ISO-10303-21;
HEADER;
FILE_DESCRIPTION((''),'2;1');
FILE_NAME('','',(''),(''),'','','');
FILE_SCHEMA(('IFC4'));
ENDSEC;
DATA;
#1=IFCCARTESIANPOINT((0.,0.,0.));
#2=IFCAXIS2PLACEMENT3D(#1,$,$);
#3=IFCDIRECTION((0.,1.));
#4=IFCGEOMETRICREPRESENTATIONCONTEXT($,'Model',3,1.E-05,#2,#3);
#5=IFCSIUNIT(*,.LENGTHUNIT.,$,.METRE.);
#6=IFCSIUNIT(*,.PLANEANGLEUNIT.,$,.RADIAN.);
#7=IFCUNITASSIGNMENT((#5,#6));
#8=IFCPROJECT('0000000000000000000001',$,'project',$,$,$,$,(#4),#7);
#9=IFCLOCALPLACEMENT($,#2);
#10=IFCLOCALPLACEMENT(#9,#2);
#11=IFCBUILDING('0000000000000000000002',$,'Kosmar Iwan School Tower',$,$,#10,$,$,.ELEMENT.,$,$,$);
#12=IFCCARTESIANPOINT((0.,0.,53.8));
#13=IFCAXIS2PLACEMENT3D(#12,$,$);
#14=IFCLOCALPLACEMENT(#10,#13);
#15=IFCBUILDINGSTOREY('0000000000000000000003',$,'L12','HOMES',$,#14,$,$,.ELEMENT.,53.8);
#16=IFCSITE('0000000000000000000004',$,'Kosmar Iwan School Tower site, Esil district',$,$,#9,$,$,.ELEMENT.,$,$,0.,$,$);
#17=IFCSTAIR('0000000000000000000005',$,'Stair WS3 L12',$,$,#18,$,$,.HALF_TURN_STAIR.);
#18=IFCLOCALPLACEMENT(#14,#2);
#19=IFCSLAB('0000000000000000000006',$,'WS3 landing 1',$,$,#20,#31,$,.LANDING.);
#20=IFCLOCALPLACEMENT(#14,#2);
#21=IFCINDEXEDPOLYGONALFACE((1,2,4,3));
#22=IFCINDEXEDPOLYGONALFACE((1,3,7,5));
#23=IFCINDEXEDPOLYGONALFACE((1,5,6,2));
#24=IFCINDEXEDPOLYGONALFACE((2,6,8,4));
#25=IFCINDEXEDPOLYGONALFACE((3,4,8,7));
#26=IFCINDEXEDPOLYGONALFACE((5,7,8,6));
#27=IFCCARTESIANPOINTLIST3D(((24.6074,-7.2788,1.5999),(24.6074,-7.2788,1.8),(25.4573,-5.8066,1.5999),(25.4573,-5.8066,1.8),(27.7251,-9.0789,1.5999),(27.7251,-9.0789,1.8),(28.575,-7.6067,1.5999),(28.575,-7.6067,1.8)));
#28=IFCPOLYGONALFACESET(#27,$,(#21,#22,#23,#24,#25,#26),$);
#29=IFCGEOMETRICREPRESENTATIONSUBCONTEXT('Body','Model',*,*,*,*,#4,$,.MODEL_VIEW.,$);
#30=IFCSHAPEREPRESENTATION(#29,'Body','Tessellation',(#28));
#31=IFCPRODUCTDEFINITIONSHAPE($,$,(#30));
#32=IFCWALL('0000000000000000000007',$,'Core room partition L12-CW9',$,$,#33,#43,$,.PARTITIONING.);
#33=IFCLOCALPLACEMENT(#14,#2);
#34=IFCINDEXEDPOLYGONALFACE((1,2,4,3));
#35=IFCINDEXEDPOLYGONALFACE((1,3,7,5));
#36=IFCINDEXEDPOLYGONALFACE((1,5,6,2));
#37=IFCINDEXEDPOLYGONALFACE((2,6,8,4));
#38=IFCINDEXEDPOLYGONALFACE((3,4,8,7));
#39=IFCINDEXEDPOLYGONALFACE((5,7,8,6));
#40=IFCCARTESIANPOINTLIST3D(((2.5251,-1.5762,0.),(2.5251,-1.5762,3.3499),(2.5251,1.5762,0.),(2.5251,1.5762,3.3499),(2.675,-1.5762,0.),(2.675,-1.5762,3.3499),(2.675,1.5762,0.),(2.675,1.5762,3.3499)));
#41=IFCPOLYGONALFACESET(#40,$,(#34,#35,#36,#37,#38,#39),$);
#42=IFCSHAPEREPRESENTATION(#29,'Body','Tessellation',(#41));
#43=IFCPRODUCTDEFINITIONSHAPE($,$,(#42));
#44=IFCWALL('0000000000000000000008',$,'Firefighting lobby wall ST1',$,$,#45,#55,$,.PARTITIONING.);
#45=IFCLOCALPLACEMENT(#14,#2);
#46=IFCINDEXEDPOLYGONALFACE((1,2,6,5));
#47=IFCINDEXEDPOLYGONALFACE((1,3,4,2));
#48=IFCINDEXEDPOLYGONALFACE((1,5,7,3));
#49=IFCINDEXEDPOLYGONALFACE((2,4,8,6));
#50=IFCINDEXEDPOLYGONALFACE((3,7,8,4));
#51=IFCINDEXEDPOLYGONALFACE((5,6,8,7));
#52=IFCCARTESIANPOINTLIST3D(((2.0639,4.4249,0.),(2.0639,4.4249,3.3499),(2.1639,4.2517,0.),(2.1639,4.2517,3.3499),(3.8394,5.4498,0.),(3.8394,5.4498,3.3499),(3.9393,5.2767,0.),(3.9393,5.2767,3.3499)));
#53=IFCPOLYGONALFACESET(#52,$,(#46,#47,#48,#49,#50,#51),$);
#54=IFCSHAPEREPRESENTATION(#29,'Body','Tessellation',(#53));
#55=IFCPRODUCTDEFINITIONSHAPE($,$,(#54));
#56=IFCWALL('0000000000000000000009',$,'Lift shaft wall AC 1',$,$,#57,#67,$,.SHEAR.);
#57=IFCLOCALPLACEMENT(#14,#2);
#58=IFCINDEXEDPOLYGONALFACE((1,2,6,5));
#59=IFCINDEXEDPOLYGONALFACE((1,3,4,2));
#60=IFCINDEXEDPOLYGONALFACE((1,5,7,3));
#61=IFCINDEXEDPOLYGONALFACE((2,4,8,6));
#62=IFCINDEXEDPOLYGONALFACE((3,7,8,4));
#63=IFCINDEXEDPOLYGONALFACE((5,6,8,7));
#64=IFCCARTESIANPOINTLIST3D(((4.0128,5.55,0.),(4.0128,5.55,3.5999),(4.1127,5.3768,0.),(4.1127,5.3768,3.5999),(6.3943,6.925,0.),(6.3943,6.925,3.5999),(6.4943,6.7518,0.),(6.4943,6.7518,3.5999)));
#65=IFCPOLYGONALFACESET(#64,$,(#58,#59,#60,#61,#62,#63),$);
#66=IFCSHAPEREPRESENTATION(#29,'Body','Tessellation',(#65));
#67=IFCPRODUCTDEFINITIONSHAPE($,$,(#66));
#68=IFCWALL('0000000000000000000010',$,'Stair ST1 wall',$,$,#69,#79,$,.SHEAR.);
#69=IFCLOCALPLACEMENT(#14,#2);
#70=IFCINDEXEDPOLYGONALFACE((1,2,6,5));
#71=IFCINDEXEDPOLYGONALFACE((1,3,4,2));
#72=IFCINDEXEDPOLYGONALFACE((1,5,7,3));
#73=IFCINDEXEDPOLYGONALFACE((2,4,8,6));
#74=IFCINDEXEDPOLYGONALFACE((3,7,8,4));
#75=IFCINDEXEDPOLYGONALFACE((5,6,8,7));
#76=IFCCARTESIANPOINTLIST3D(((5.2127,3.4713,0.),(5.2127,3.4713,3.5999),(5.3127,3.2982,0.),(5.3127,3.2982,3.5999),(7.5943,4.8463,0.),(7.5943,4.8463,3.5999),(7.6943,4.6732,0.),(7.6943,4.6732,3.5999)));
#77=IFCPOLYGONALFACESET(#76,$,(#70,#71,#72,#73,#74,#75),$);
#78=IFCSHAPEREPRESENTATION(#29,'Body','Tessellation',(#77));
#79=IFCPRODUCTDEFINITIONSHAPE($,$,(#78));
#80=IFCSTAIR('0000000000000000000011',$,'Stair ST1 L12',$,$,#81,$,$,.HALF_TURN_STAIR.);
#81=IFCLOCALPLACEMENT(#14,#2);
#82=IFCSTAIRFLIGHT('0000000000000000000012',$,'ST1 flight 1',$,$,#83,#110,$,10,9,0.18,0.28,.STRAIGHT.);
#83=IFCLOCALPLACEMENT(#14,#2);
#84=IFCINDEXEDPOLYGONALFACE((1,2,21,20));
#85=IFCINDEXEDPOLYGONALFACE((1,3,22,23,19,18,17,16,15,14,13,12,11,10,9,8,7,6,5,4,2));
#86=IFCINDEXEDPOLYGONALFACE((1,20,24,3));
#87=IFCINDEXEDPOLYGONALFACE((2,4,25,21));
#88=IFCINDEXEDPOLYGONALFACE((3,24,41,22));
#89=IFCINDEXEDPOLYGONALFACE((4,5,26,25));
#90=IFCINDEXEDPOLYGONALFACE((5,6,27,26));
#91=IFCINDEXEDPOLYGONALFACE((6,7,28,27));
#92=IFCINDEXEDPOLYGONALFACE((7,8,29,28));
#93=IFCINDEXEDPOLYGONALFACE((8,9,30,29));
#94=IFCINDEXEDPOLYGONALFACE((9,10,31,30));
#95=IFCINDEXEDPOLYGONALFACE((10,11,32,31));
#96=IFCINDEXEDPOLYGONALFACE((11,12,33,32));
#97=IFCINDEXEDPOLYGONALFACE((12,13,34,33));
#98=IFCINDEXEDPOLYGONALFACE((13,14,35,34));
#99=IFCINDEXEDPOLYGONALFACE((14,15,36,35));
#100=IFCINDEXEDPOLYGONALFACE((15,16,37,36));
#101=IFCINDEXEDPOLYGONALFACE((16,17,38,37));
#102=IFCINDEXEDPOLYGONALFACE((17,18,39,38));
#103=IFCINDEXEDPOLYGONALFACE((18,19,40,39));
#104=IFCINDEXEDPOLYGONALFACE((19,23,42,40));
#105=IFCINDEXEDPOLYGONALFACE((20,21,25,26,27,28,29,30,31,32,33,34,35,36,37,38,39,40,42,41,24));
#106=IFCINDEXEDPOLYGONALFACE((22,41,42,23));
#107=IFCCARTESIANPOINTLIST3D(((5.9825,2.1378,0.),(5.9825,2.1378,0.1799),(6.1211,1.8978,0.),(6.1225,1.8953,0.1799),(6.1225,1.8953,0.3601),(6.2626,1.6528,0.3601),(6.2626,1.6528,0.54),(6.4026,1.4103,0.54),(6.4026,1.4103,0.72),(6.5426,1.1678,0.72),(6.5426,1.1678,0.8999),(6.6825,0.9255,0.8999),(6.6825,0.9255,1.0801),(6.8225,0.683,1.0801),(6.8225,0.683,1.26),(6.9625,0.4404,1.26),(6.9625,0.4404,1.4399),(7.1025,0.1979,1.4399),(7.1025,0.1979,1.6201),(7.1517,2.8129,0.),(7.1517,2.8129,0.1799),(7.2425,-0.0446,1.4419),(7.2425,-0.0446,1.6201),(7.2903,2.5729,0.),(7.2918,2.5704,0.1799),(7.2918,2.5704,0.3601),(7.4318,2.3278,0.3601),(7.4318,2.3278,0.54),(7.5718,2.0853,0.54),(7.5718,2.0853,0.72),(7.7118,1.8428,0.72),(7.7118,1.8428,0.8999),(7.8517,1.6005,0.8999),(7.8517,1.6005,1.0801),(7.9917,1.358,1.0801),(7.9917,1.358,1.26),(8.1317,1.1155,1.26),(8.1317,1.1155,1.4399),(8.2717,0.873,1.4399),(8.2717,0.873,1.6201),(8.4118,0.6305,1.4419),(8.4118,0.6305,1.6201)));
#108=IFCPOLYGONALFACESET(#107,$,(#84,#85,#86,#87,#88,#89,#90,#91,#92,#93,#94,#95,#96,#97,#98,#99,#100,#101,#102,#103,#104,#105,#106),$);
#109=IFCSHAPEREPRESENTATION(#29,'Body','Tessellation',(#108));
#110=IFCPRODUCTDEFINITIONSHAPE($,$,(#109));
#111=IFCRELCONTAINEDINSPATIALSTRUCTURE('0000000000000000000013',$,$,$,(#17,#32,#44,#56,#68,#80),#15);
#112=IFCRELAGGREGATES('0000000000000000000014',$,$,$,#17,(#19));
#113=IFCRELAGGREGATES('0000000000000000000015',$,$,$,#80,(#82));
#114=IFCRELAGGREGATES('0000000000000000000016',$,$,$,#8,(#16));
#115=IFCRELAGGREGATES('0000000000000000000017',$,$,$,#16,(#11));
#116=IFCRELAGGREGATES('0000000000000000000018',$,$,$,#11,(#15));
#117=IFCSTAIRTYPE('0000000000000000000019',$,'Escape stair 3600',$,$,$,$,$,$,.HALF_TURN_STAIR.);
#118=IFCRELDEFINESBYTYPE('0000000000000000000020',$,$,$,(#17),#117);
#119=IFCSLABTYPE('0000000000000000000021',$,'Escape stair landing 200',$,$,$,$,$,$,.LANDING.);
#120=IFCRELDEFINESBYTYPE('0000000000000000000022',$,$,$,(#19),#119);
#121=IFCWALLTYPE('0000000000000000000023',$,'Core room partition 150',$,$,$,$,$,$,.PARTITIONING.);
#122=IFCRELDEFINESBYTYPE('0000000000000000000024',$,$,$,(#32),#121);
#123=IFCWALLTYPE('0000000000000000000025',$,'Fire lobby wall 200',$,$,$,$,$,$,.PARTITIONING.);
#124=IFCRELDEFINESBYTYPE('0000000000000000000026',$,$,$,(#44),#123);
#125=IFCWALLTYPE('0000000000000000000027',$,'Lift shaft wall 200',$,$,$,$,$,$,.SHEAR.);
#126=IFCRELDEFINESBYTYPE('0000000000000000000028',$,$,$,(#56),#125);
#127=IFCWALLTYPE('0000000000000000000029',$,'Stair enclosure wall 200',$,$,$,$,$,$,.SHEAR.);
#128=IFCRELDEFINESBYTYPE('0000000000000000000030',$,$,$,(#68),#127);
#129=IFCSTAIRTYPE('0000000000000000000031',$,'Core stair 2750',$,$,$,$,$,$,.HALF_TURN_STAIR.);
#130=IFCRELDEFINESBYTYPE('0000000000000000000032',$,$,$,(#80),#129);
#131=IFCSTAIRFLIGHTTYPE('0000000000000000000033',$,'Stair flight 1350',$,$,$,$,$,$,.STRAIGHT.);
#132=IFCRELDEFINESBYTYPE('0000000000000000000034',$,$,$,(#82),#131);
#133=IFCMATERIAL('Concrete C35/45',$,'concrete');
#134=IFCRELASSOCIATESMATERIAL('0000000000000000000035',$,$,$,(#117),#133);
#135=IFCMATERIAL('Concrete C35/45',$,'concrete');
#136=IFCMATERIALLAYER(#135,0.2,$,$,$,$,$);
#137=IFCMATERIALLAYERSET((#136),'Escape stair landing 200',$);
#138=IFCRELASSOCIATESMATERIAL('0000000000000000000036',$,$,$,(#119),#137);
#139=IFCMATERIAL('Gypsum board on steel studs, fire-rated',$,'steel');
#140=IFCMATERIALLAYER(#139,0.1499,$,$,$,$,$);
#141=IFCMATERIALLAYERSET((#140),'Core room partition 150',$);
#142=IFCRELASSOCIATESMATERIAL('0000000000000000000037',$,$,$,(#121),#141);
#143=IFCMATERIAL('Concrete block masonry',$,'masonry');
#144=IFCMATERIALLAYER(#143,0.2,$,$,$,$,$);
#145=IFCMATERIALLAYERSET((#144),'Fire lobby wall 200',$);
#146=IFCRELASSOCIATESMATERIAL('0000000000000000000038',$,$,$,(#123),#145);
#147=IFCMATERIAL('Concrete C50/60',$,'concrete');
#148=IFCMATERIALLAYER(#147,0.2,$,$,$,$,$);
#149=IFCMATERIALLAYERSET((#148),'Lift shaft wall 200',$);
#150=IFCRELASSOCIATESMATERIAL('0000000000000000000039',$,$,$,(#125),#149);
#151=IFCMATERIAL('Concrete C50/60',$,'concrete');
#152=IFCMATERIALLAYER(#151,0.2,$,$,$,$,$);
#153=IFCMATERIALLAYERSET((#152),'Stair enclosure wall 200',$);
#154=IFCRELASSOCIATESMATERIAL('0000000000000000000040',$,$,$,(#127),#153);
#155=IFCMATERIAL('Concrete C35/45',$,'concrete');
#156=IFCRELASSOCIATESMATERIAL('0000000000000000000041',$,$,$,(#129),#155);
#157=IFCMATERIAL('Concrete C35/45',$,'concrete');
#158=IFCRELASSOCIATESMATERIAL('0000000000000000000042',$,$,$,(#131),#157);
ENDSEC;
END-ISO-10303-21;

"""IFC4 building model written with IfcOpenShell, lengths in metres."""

from ifc_helpers import new_model, si_unit, direction, frame, frame_2d, origin, place, context, subcontext, project, spatial, polyline, rectangle, outline, extrude, material, layer, layer_set, type_object, element, aggregate, save


model = new_model("IFC4")

# Units and contexts
model_context = context("Model", 3, precision=1e-05, world=origin(), true_north=direction((0.0, 1.0)))
body_context = subcontext(model_context, "Body", "Model", "MODEL_VIEW")
ifc_project = project(units=[si_unit("LENGTHUNIT", "METRE"), si_unit("PLANEANGLEUNIT", "RADIAN")], contexts=[model_context])

# Site, building, storey
site_placement = place(None, origin())
site = spatial("IfcSite", under=ifc_project, at=site_placement, Name="Kosmar Iwan School Tower site, Esil district", CompositionType="ELEMENT", RefElevation=0.0)
building_placement = place(site_placement, origin())
building = spatial("IfcBuilding", under=site, at=building_placement, Name="Kosmar Iwan School Tower", CompositionType="ELEMENT")
storey_placement = place(building_placement, frame((0.0, 0.0, 53.8)))
storey = spatial("IfcBuildingStorey", under=building, at=storey_placement, Name="L12", Description="HOMES", CompositionType="ELEMENT", Elevation=53.8)

# Stair, slab
ifc_material_1 = material(Name="Concrete C35/45", Category="concrete")
stair_type_1 = type_object("IfcStairType", Name="Escape stair 3600", PredefinedType="HALF_TURN_STAIR", material=ifc_material_1)
stair_1_placement = place(storey_placement, origin())
stair_1 = element("IfcStair", 1, at=stair_1_placement, inside=storey, type_object=stair_type_1, Name="Stair WS3 L12", PredefinedType="HALF_TURN_STAIR")
ifc_material_2 = material(Name="Concrete C35/45", Category="concrete")
ifc_layer_1 = layer(ifc_material_2, 0.2)
ifc_layer_set_1 = layer_set([ifc_layer_1], Name="Escape stair landing 200")
slab_type = type_object("IfcSlabType", Name="Escape stair landing 200", PredefinedType="LANDING", material=ifc_layer_set_1)
slab_placement = place(storey_placement, frame((0.0, 0.0, 1.5999)))
slab = element("IfcSlab", 2, at=slab_placement, type_object=slab_type, Name="WS3 landing 1", PredefinedType="LANDING", context=body_context, shape_type="SweptSolid", body=[
    extrude(outline(polyline([(24.6074, -7.2788), (27.7251, -9.0789), (28.575, -7.6067), (25.4573, -5.8066), (24.6074, -7.2788)])), origin(), (0.0, 0.0, 1.0), 0.2002),
])
aggregate(stair_1, [slab])

# Walls
ifc_material_3 = material(Name="Gypsum board on steel studs, fire-rated", Category="steel")
ifc_layer_2 = layer(ifc_material_3, 0.1499)
ifc_layer_set_2 = layer_set([ifc_layer_2], Name="Core room partition 150")
wall_type_1 = type_object("IfcWallType", Name="Core room partition 150", PredefinedType="PARTITIONING", material=ifc_layer_set_2)
wall_1_placement = place(storey_placement, frame((2.6001, 1.5762, 0.0), z_axis=(0.0, 0.0, 1.0), x_axis=(0.0, -1.0, 0.0)))
element("IfcWall", 3, at=wall_1_placement, inside=storey, type_object=wall_type_1, Name="Core room partition L12-CW9", PredefinedType="PARTITIONING", context=body_context, shape_type="SweptSolid", body=[
    extrude(rectangle(XDim=3.1523, YDim=0.1499, at=frame_2d((1.5762, 0.0))), origin(), (0.0, 0.0, 1.0), 3.3499),
])
ifc_material_4 = material(Name="Concrete block masonry", Category="masonry")
ifc_layer_3 = layer(ifc_material_4, 0.2)
ifc_layer_set_3 = layer_set([ifc_layer_3], Name="Fire lobby wall 200")
wall_type_2 = type_object("IfcWallType", Name="Fire lobby wall 200", PredefinedType="PARTITIONING", material=ifc_layer_set_3)
wall_2_placement = place(storey_placement, frame((2.114, 4.3384, 0.0), z_axis=(0.0, 0.0, 1.0), x_axis=(0.866051, 0.499956, 0.0)))
element("IfcWall", 4, at=wall_2_placement, inside=storey, type_object=wall_type_2, Name="Firefighting lobby wall ST1", PredefinedType="PARTITIONING", context=body_context, shape_type="SweptSolid", body=[
    extrude(rectangle(XDim=2.05, YDim=0.2, at=frame_2d((1.0249, 0.0))), origin(), (0.0, 0.0, 1.0), 3.3499),
])
ifc_material_5 = material(Name="Concrete C50/60", Category="concrete")
ifc_layer_4 = layer(ifc_material_5, 0.2)
ifc_layer_set_4 = layer_set([ifc_layer_4], Name="Lift shaft wall 200")
wall_type_3 = type_object("IfcWallType", Name="Lift shaft wall 200", PredefinedType="SHEAR", material=ifc_layer_set_4)
wall_3_placement = place(storey_placement, frame((4.0627, 5.4634, 0.0), z_axis=(0.0, 0.0, 1.0), x_axis=(0.866027, 0.499997, 0.0)))
element("IfcWall", 5, at=wall_3_placement, inside=storey, type_object=wall_type_3, Name="Lift shaft wall AC 1", PredefinedType="SHEAR", context=body_context, shape_type="SweptSolid", body=[
    extrude(rectangle(XDim=2.75, YDim=0.2, at=frame_2d((1.375, 0.0))), origin(), (0.0, 0.0, 1.0), 3.5999),
])
ifc_material_6 = material(Name="Concrete C50/60", Category="concrete")
ifc_layer_5 = layer(ifc_material_6, 0.2)
ifc_layer_set_5 = layer_set([ifc_layer_5], Name="Stair enclosure wall 200")
wall_type_4 = type_object("IfcWallType", Name="Stair enclosure wall 200", PredefinedType="SHEAR", material=ifc_layer_set_5)
wall_4_placement = place(storey_placement, frame((5.2627, 3.3848, 0.0), z_axis=(0.0, 0.0, 1.0), x_axis=(0.866027, 0.499997, 0.0)))
element("IfcWall", 6, at=wall_4_placement, inside=storey, type_object=wall_type_4, Name="Stair ST1 wall", PredefinedType="SHEAR", context=body_context, shape_type="SweptSolid", body=[
    extrude(rectangle(XDim=2.75, YDim=0.2, at=frame_2d((1.375, 0.0))), origin(), (0.0, 0.0, 1.0), 3.5999),
])

# Stair, stair flight
ifc_material_7 = material(Name="Concrete C35/45", Category="concrete")
stair_type_2 = type_object("IfcStairType", Name="Core stair 2750", PredefinedType="HALF_TURN_STAIR", material=ifc_material_7)
stair_2_placement = place(storey_placement, origin())
stair_2 = element("IfcStair", 7, at=stair_2_placement, inside=storey, type_object=stair_type_2, Name="Stair ST1 L12", PredefinedType="HALF_TURN_STAIR")
ifc_material_8 = material(Name="Concrete C35/45", Category="concrete")
stair_flight_type = type_object("IfcStairFlightType", Name="Stair flight 1350", PredefinedType="STRAIGHT", material=ifc_material_8)
stair_flight_placement = place(storey_placement, frame((6.5671, 2.4753, 0.0), z_axis=(0.0, 0.0, 1.0), x_axis=(0.5, -0.866025, 0.0)))
stair_flight = element("IfcStairFlight", 8, at=stair_flight_placement, type_object=stair_flight_type, Name="ST1 flight 1", NumberOfRisers=10, NumberOfTreads=9, PredefinedType="STRAIGHT", RiserHeight=0.18, TreadLength=0.28, context=body_context, shape_type="SweptSolid", body=[
    extrude(outline(polyline([(0.0, 0.0), (0.0, 0.1799), (0.28, 0.1799), (0.28, 0.3601), (0.5601, 0.3601), (0.5601, 0.54), (0.8401, 0.54), (0.8401, 0.72), (1.1201, 0.72), (1.1201, 0.8999), (1.3999, 0.8999), (1.3999, 1.0801), (1.6799, 1.0801), (1.6799, 1.26), (1.96, 1.26), (1.96, 1.4399), (2.24, 1.4399), (2.24, 1.6201), (2.52, 1.6201), (2.52, 1.8), (2.52, 1.4419), (0.2771, 0.0), (0.0, 0.0)])), frame((0.0, 0.675, 0.0), z_axis=(0.0, -1.0, 0.0), x_axis=(1.0, 0.0, 0.0)), (0.0, 0.0, 1.0), 1.3501),
])
aggregate(stair_2, [stair_flight])

save(model, "model.ifc")
